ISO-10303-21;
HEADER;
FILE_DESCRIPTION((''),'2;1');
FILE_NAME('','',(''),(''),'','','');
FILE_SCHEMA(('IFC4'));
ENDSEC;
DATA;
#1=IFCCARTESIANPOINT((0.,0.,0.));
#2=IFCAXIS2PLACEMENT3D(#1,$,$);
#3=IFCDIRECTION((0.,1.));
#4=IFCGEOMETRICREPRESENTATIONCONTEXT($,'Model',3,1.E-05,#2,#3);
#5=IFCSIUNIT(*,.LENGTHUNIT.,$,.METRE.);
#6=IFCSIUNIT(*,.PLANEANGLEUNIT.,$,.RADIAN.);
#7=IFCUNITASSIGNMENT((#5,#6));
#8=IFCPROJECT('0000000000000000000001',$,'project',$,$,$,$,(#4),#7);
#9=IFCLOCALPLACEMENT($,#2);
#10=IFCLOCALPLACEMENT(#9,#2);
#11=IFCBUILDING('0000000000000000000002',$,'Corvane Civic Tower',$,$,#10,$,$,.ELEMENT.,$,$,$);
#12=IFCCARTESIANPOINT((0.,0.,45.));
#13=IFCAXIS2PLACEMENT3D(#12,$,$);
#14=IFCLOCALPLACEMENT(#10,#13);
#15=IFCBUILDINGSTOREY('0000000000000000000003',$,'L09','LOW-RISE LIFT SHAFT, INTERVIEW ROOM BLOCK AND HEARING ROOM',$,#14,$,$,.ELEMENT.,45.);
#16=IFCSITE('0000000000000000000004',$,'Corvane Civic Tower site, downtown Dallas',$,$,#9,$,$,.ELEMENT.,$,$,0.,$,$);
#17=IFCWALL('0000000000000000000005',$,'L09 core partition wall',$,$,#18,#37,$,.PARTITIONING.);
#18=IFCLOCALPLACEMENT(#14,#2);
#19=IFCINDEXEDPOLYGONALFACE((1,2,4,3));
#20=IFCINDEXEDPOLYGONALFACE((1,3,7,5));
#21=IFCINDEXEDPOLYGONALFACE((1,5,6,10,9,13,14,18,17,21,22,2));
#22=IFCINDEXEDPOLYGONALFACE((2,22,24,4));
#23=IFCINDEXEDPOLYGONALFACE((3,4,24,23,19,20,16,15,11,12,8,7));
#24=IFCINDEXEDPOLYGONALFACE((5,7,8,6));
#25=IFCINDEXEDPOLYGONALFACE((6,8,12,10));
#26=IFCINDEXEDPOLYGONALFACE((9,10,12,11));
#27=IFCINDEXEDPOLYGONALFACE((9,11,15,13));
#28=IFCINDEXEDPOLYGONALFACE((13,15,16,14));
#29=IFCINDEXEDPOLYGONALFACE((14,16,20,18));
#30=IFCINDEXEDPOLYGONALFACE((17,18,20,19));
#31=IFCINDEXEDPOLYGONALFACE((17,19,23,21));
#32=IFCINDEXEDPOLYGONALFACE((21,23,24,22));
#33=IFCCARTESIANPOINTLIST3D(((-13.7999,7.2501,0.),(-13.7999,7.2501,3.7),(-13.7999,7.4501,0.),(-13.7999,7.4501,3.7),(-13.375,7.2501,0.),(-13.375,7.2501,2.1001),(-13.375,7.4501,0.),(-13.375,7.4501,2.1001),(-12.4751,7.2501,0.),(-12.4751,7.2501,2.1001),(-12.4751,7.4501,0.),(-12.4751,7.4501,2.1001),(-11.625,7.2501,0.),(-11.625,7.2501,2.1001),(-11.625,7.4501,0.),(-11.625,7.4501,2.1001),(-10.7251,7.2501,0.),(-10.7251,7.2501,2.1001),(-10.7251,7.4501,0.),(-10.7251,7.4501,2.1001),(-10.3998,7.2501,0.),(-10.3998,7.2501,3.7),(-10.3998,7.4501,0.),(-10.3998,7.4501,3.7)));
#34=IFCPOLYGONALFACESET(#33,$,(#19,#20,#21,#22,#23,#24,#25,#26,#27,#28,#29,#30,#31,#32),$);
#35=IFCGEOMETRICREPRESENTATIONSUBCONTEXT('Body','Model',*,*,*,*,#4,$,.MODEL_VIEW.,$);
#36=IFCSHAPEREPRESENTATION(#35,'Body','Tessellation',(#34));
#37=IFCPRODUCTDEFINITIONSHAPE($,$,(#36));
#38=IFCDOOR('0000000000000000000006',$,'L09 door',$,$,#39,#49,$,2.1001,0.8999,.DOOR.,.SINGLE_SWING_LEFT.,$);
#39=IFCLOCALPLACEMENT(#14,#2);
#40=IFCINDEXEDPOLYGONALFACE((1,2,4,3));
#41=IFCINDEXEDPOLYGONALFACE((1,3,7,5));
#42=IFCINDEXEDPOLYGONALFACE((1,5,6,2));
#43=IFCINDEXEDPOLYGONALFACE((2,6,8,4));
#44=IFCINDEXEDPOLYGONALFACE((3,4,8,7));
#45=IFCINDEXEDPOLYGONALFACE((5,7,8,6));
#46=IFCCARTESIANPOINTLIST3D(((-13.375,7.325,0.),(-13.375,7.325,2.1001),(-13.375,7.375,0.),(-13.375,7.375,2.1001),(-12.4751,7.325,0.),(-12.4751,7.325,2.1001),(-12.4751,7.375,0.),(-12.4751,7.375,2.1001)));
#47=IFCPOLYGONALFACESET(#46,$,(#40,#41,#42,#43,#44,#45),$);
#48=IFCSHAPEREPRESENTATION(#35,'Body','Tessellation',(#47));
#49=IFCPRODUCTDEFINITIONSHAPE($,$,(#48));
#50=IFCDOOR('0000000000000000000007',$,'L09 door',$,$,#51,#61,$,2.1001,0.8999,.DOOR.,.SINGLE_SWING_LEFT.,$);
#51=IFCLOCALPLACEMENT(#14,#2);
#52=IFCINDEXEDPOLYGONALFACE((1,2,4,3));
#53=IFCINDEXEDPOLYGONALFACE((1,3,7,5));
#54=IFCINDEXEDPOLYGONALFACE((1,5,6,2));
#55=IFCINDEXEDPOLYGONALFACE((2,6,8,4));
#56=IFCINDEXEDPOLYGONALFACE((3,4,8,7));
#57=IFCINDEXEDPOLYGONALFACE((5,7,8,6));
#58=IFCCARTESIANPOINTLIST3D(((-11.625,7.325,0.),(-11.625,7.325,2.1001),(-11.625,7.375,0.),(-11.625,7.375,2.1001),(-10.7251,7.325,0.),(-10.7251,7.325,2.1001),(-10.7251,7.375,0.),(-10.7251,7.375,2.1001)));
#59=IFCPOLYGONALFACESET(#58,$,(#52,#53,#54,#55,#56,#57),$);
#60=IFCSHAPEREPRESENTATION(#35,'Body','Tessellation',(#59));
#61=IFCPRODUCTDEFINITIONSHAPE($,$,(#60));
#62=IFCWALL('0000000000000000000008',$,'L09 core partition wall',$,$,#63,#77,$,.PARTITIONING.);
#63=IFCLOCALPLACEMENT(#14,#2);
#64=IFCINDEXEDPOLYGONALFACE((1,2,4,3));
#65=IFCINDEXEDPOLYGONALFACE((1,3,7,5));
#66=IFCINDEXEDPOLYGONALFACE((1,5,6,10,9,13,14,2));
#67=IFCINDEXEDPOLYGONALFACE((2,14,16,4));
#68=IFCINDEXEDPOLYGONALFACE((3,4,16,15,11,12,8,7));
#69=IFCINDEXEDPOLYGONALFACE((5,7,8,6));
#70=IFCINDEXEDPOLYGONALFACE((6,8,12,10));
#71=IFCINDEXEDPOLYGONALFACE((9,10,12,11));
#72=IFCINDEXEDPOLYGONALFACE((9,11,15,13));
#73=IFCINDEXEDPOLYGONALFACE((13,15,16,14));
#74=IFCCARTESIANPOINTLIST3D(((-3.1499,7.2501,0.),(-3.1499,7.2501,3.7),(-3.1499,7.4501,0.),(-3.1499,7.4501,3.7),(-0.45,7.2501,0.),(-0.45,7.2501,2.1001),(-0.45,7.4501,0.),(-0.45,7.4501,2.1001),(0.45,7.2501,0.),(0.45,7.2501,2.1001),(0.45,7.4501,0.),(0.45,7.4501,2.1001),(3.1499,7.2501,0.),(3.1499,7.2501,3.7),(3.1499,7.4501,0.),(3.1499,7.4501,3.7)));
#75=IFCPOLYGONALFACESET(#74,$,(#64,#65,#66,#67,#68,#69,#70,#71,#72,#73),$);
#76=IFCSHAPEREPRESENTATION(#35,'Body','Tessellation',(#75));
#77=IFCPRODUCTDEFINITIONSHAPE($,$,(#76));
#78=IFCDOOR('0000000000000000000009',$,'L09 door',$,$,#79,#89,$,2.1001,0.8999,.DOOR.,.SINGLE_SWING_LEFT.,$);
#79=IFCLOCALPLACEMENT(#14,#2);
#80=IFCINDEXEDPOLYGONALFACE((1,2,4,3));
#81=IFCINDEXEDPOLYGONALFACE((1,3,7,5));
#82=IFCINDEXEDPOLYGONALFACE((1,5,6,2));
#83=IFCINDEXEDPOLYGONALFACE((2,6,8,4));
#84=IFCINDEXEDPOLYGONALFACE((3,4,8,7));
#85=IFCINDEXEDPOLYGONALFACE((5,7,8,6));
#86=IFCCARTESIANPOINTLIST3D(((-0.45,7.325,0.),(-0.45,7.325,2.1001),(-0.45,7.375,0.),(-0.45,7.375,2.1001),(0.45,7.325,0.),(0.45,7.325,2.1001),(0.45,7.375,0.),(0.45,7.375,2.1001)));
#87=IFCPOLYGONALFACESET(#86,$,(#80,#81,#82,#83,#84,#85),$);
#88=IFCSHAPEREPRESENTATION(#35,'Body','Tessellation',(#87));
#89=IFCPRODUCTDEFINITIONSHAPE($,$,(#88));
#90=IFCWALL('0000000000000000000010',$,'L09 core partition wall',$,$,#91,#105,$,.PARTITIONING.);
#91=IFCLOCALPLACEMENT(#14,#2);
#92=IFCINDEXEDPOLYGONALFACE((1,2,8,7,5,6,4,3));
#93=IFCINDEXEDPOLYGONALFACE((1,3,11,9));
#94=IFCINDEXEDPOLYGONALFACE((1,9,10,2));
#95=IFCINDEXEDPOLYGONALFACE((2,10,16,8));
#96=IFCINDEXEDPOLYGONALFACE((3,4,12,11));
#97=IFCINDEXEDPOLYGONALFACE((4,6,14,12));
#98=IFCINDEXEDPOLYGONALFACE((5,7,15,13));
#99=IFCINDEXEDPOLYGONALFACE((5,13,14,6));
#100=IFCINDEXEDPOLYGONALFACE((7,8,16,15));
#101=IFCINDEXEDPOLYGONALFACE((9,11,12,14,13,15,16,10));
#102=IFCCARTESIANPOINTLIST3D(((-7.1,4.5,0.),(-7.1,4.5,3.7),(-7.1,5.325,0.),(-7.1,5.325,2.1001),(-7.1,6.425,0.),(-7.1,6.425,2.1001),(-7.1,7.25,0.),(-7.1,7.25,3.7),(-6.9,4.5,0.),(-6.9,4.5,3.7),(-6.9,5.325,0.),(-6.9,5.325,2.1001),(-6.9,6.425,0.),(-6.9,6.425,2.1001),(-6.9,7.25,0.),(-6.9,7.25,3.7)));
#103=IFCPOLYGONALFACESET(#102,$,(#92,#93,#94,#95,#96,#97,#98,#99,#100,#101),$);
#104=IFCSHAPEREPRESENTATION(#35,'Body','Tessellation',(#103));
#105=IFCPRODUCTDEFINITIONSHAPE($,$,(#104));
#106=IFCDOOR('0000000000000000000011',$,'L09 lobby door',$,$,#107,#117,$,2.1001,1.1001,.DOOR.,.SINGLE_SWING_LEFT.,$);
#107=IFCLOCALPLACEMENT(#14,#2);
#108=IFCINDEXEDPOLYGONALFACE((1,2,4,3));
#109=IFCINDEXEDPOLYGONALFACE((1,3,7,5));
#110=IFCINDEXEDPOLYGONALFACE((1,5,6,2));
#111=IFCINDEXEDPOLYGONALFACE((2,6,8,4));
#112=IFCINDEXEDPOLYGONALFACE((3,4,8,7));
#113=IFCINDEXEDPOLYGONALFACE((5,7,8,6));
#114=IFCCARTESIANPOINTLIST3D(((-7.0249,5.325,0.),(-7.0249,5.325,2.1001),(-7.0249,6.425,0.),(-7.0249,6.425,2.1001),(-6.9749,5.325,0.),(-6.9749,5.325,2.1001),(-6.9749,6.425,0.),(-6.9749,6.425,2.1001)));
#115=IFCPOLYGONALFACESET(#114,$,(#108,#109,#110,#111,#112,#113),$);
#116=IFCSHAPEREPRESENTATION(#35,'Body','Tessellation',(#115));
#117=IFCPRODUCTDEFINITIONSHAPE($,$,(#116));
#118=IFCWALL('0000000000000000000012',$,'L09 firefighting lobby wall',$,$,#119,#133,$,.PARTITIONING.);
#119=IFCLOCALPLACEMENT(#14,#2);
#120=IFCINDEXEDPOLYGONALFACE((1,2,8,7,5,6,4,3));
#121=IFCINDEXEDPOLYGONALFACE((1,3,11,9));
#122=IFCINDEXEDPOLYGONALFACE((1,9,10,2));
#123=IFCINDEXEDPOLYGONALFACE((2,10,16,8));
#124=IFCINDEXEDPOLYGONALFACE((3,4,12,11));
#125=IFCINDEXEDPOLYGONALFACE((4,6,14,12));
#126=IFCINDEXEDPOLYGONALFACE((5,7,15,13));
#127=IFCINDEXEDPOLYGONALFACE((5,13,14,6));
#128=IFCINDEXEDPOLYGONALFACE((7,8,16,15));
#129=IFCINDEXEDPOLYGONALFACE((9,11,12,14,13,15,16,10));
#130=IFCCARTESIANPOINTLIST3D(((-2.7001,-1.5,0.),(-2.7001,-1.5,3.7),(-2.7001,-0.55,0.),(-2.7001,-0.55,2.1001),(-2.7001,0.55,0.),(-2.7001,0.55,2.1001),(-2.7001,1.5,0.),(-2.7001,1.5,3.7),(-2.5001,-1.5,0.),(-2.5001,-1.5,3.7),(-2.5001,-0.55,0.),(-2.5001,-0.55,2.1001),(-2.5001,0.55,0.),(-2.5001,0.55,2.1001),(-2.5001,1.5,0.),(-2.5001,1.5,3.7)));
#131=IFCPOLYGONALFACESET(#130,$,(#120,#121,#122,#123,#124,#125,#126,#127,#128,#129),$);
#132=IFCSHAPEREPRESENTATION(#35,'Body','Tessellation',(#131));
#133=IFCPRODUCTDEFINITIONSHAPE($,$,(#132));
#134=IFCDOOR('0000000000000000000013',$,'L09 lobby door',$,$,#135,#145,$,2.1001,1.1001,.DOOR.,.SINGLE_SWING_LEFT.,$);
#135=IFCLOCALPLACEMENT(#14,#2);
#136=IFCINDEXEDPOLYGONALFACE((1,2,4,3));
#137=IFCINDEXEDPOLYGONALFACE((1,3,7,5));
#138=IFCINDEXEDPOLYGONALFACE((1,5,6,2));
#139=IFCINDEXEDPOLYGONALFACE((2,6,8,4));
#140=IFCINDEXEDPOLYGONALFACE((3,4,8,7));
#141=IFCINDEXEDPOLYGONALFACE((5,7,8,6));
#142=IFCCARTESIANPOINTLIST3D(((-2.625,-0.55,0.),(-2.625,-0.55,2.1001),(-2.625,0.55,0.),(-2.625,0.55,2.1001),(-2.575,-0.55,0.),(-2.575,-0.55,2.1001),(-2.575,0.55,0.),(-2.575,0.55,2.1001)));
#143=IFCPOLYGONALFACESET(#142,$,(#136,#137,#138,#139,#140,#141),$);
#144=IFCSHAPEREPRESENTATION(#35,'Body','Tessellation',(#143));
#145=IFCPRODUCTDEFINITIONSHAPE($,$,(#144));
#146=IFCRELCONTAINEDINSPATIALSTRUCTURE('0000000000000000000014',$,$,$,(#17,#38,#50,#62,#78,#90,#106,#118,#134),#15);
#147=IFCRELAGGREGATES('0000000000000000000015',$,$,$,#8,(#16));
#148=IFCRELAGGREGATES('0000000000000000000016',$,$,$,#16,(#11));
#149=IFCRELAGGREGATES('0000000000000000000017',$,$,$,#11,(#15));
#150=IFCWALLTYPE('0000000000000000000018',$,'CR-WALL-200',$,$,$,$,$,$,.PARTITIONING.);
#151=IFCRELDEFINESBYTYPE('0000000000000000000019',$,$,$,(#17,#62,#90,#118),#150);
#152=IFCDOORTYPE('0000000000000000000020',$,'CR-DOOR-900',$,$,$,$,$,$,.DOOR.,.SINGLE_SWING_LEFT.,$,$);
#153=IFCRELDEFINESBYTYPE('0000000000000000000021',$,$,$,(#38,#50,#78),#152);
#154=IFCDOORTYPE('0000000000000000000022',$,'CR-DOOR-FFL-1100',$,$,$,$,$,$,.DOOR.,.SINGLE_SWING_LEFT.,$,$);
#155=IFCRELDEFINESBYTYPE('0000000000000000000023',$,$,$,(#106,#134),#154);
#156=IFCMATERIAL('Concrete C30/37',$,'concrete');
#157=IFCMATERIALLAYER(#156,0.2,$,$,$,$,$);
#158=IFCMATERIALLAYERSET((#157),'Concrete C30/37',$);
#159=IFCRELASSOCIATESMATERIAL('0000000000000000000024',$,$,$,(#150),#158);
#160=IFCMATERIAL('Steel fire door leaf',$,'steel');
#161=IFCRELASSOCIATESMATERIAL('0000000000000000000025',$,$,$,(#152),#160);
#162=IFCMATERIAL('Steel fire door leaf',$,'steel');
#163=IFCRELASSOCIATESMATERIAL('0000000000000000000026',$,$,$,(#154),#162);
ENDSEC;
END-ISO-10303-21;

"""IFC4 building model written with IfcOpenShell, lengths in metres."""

from ifc_helpers import new_model, si_unit, direction, frame, frame_2d, origin, place, context, subcontext, project, spatial, rectangle, extrude, material, layer, layer_set, type_object, element, fill, save


model = new_model("IFC4")

# Units and contexts
model_context = context("Model", 3, precision=1e-05, world=origin(), true_north=direction((0.0, 1.0)))
body_context = subcontext(model_context, "Body", "Model", "MODEL_VIEW")
ifc_project = project(units=[si_unit("LENGTHUNIT", "METRE"), si_unit("PLANEANGLEUNIT", "RADIAN")], contexts=[model_context])

# Site, building, storey
site_placement = place(None, origin())
site = spatial("IfcSite", under=ifc_project, at=site_placement, Name="Corvane Civic Tower site, downtown Dallas", CompositionType="ELEMENT", RefElevation=0.0)
building_placement = place(site_placement, origin())
building = spatial("IfcBuilding", under=site, at=building_placement, Name="Corvane Civic Tower", CompositionType="ELEMENT")
storey_placement = place(building_placement, frame((0.0, 0.0, 45.0)))
storey = spatial("IfcBuildingStorey", under=building, at=storey_placement, Name="L09", Description="LOW-RISE LIFT SHAFT, INTERVIEW ROOM BLOCK AND HEARING ROOM", CompositionType="ELEMENT", Elevation=45.0)

# Wall, openings, doors
ifc_material_1 = material(Name="Concrete C30/37", Category="concrete")
ifc_layer_1 = layer(ifc_material_1, 0.2)
ifc_layer_set_1 = layer_set([ifc_layer_1], Name="Concrete C30/37")
wall_type_1 = type_object("IfcWallType", Name="CR-WALL-200", PredefinedType="PARTITIONING", material=ifc_layer_set_1)
wall_1_placement = place(storey_placement, frame((-13.8, 7.3501, 0.0), z_axis=(0.0, 0.0, 1.0), x_axis=(1.0, 0.0, 0.0)))
wall_1 = element("IfcWall", 1, at=wall_1_placement, inside=storey, type_object=wall_type_1, Name="L09 core partition wall", PredefinedType="PARTITIONING", context=body_context, shape_type="SweptSolid", body=[
    extrude(rectangle(XDim=3.4001, YDim=0.2, at=frame_2d((1.7002, 0.0))), origin(), (0.0, 0.0, 1.0), 3.7),
])
opening_1_placement = place(wall_1_placement, frame((0.425, 0.0, 0.0)))
opening_1 = element("IfcOpeningElement", 2, at=opening_1_placement, cuts=wall_1, PredefinedType="OPENING", context=body_context, shape_type="SweptSolid", body=[
    extrude(rectangle(XDim=0.8999, YDim=2.1001, at=frame_2d((0.45, 1.05))), frame((0.0, 0.1099, 0.0), z_axis=(0.0, -1.0, 0.0), x_axis=(1.0, 0.0, 0.0)), (0.0, 0.0, 1.0), 0.22),
])
opening_2_placement = place(wall_1_placement, frame((2.175, 0.0, 0.0)))
opening_2 = element("IfcOpeningElement", 3, at=opening_2_placement, cuts=wall_1, PredefinedType="OPENING", context=body_context, shape_type="SweptSolid", body=[
    extrude(rectangle(XDim=0.8999, YDim=2.1001, at=frame_2d((0.45, 1.05))), frame((0.0, 0.1099, 0.0), z_axis=(0.0, -1.0, 0.0), x_axis=(1.0, 0.0, 0.0)), (0.0, 0.0, 1.0), 0.22),
])
ifc_material_2 = material(Name="Steel fire door leaf", Category="steel")
door_type_1 = type_object("IfcDoorType", Name="CR-DOOR-900", OperationType="SINGLE_SWING_LEFT", PredefinedType="DOOR", material=ifc_material_2)
door_1_placement = place(opening_1_placement, origin())
door_1 = element("IfcDoor", 4, at=door_1_placement, inside=storey, type_object=door_type_1, Name="L09 door", OperationType="SINGLE_SWING_LEFT", OverallHeight=2.1001, OverallWidth=0.8999, PredefinedType="DOOR", context=body_context, shape_type="SweptSolid", body=[
    extrude(rectangle(XDim=0.8999, YDim=2.1001, at=frame_2d((0.45, 1.05))), frame((0.0, 0.0249, 0.0), z_axis=(0.0, -1.0, 0.0), x_axis=(1.0, 0.0, 0.0)), (0.0, 0.0, 1.0), 0.05),
])
fill(opening_1, door_1)
door_2_placement = place(opening_2_placement, origin())
door_2 = element("IfcDoor", 5, at=door_2_placement, inside=storey, type_object=door_type_1, Name="L09 door", OperationType="SINGLE_SWING_LEFT", OverallHeight=2.1001, OverallWidth=0.8999, PredefinedType="DOOR", context=body_context, shape_type="SweptSolid", body=[
    extrude(rectangle(XDim=0.8999, YDim=2.1001, at=frame_2d((0.45, 1.05))), frame((0.0, 0.0249, 0.0), z_axis=(0.0, -1.0, 0.0), x_axis=(1.0, 0.0, 0.0)), (0.0, 0.0, 1.0), 0.05),
])
fill(opening_2, door_2)

# Walls, openings, doors
wall_2_placement = place(storey_placement, frame((-3.1499, 7.3501, 0.0), z_axis=(0.0, 0.0, 1.0), x_axis=(1.0, 0.0, 0.0)))
wall_2 = element("IfcWall", 6, at=wall_2_placement, inside=storey, type_object=wall_type_1, Name="L09 core partition wall", PredefinedType="PARTITIONING", context=body_context, shape_type="SweptSolid", body=[
    extrude(rectangle(XDim=6.2998, YDim=0.2, at=frame_2d((3.1499, 0.0))), origin(), (0.0, 0.0, 1.0), 3.7),
])
opening_3_placement = place(wall_2_placement, frame((2.7, 0.0, 0.0)))
opening_3 = element("IfcOpeningElement", 7, at=opening_3_placement, cuts=wall_2, PredefinedType="OPENING", context=body_context, shape_type="SweptSolid", body=[
    extrude(rectangle(XDim=0.8999, YDim=2.1001, at=frame_2d((0.45, 1.05))), frame((0.0, 0.1099, 0.0), z_axis=(0.0, -1.0, 0.0), x_axis=(1.0, 0.0, 0.0)), (0.0, 0.0, 1.0), 0.22),
])
door_3_placement = place(opening_3_placement, origin())
door_3 = element("IfcDoor", 8, at=door_3_placement, inside=storey, type_object=door_type_1, Name="L09 door", OperationType="SINGLE_SWING_LEFT", OverallHeight=2.1001, OverallWidth=0.8999, PredefinedType="DOOR", context=body_context, shape_type="SweptSolid", body=[
    extrude(rectangle(XDim=0.8999, YDim=2.1001, at=frame_2d((0.45, 1.05))), frame((0.0, 0.0249, 0.0), z_axis=(0.0, -1.0, 0.0), x_axis=(1.0, 0.0, 0.0)), (0.0, 0.0, 1.0), 0.05),
])
fill(opening_3, door_3)
wall_3_placement = place(storey_placement, frame((-7.0, 4.5, 0.0), z_axis=(0.0, 0.0, 1.0), x_axis=(0.0, 1.0, 0.0)))
wall_3 = element("IfcWall", 9, at=wall_3_placement, inside=storey, type_object=wall_type_1, Name="L09 core partition wall", PredefinedType="PARTITIONING", context=body_context, shape_type="SweptSolid", body=[
    extrude(rectangle(XDim=2.75, YDim=0.2, at=frame_2d((1.375, 0.0))), origin(), (0.0, 0.0, 1.0), 3.7),
])
opening_4_placement = place(wall_3_placement, frame((0.825, 0.0, 0.0)))
opening_4 = element("IfcOpeningElement", 10, at=opening_4_placement, cuts=wall_3, PredefinedType="OPENING", context=body_context, shape_type="SweptSolid", body=[
    extrude(rectangle(XDim=1.1001, YDim=2.1001, at=frame_2d((0.55, 1.05))), frame((0.0, 0.1099, 0.0), z_axis=(0.0, -1.0, 0.0), x_axis=(1.0, 0.0, 0.0)), (0.0, 0.0, 1.0), 0.22),
])
ifc_material_3 = material(Name="Steel fire door leaf", Category="steel")
door_type_2 = type_object("IfcDoorType", Name="CR-DOOR-FFL-1100", OperationType="SINGLE_SWING_LEFT", PredefinedType="DOOR", material=ifc_material_3)
door_4_placement = place(opening_4_placement, origin())
door_4 = element("IfcDoor", 11, at=door_4_placement, inside=storey, type_object=door_type_2, Name="L09 lobby door", OperationType="SINGLE_SWING_LEFT", OverallHeight=2.1001, OverallWidth=1.1001, PredefinedType="DOOR", context=body_context, shape_type="SweptSolid", body=[
    extrude(rectangle(XDim=1.1001, YDim=2.1001, at=frame_2d((0.55, 1.05))), frame((0.0, 0.0249, 0.0), z_axis=(0.0, -1.0, 0.0), x_axis=(1.0, 0.0, 0.0)), (0.0, 0.0, 1.0), 0.05),
])
fill(opening_4, door_4)
wall_4_placement = place(storey_placement, frame((-2.6001, -1.5, 0.0), z_axis=(0.0, 0.0, 1.0), x_axis=(0.0, 1.0, 0.0)))
wall_4 = element("IfcWall", 12, at=wall_4_placement, inside=storey, type_object=wall_type_1, Name="L09 firefighting lobby wall", PredefinedType="PARTITIONING", context=body_context, shape_type="SweptSolid", body=[
    extrude(rectangle(XDim=3.0, YDim=0.2, at=frame_2d((1.5, 0.0))), origin(), (0.0, 0.0, 1.0), 3.7),
])
opening_5_placement = place(wall_4_placement, frame((0.95, 0.0, 0.0)))
opening_5 = element("IfcOpeningElement", 13, at=opening_5_placement, cuts=wall_4, PredefinedType="OPENING", context=body_context, shape_type="SweptSolid", body=[
    extrude(rectangle(XDim=1.1001, YDim=2.1001, at=frame_2d((0.55, 1.05))), frame((0.0, 0.1099, 0.0), z_axis=(0.0, -1.0, 0.0), x_axis=(1.0, 0.0, 0.0)), (0.0, 0.0, 1.0), 0.22),
])
door_5_placement = place(opening_5_placement, origin())
door_5 = element("IfcDoor", 14, at=door_5_placement, inside=storey, type_object=door_type_2, Name="L09 lobby door", OperationType="SINGLE_SWING_LEFT", OverallHeight=2.1001, OverallWidth=1.1001, PredefinedType="DOOR", context=body_context, shape_type="SweptSolid", body=[
    extrude(rectangle(XDim=1.1001, YDim=2.1001, at=frame_2d((0.55, 1.05))), frame((0.0, 0.0249, 0.0), z_axis=(0.0, -1.0, 0.0), x_axis=(1.0, 0.0, 0.0)), (0.0, 0.0, 1.0), 0.05),
])
fill(opening_5, door_5)

save(model, "model.ifc")
